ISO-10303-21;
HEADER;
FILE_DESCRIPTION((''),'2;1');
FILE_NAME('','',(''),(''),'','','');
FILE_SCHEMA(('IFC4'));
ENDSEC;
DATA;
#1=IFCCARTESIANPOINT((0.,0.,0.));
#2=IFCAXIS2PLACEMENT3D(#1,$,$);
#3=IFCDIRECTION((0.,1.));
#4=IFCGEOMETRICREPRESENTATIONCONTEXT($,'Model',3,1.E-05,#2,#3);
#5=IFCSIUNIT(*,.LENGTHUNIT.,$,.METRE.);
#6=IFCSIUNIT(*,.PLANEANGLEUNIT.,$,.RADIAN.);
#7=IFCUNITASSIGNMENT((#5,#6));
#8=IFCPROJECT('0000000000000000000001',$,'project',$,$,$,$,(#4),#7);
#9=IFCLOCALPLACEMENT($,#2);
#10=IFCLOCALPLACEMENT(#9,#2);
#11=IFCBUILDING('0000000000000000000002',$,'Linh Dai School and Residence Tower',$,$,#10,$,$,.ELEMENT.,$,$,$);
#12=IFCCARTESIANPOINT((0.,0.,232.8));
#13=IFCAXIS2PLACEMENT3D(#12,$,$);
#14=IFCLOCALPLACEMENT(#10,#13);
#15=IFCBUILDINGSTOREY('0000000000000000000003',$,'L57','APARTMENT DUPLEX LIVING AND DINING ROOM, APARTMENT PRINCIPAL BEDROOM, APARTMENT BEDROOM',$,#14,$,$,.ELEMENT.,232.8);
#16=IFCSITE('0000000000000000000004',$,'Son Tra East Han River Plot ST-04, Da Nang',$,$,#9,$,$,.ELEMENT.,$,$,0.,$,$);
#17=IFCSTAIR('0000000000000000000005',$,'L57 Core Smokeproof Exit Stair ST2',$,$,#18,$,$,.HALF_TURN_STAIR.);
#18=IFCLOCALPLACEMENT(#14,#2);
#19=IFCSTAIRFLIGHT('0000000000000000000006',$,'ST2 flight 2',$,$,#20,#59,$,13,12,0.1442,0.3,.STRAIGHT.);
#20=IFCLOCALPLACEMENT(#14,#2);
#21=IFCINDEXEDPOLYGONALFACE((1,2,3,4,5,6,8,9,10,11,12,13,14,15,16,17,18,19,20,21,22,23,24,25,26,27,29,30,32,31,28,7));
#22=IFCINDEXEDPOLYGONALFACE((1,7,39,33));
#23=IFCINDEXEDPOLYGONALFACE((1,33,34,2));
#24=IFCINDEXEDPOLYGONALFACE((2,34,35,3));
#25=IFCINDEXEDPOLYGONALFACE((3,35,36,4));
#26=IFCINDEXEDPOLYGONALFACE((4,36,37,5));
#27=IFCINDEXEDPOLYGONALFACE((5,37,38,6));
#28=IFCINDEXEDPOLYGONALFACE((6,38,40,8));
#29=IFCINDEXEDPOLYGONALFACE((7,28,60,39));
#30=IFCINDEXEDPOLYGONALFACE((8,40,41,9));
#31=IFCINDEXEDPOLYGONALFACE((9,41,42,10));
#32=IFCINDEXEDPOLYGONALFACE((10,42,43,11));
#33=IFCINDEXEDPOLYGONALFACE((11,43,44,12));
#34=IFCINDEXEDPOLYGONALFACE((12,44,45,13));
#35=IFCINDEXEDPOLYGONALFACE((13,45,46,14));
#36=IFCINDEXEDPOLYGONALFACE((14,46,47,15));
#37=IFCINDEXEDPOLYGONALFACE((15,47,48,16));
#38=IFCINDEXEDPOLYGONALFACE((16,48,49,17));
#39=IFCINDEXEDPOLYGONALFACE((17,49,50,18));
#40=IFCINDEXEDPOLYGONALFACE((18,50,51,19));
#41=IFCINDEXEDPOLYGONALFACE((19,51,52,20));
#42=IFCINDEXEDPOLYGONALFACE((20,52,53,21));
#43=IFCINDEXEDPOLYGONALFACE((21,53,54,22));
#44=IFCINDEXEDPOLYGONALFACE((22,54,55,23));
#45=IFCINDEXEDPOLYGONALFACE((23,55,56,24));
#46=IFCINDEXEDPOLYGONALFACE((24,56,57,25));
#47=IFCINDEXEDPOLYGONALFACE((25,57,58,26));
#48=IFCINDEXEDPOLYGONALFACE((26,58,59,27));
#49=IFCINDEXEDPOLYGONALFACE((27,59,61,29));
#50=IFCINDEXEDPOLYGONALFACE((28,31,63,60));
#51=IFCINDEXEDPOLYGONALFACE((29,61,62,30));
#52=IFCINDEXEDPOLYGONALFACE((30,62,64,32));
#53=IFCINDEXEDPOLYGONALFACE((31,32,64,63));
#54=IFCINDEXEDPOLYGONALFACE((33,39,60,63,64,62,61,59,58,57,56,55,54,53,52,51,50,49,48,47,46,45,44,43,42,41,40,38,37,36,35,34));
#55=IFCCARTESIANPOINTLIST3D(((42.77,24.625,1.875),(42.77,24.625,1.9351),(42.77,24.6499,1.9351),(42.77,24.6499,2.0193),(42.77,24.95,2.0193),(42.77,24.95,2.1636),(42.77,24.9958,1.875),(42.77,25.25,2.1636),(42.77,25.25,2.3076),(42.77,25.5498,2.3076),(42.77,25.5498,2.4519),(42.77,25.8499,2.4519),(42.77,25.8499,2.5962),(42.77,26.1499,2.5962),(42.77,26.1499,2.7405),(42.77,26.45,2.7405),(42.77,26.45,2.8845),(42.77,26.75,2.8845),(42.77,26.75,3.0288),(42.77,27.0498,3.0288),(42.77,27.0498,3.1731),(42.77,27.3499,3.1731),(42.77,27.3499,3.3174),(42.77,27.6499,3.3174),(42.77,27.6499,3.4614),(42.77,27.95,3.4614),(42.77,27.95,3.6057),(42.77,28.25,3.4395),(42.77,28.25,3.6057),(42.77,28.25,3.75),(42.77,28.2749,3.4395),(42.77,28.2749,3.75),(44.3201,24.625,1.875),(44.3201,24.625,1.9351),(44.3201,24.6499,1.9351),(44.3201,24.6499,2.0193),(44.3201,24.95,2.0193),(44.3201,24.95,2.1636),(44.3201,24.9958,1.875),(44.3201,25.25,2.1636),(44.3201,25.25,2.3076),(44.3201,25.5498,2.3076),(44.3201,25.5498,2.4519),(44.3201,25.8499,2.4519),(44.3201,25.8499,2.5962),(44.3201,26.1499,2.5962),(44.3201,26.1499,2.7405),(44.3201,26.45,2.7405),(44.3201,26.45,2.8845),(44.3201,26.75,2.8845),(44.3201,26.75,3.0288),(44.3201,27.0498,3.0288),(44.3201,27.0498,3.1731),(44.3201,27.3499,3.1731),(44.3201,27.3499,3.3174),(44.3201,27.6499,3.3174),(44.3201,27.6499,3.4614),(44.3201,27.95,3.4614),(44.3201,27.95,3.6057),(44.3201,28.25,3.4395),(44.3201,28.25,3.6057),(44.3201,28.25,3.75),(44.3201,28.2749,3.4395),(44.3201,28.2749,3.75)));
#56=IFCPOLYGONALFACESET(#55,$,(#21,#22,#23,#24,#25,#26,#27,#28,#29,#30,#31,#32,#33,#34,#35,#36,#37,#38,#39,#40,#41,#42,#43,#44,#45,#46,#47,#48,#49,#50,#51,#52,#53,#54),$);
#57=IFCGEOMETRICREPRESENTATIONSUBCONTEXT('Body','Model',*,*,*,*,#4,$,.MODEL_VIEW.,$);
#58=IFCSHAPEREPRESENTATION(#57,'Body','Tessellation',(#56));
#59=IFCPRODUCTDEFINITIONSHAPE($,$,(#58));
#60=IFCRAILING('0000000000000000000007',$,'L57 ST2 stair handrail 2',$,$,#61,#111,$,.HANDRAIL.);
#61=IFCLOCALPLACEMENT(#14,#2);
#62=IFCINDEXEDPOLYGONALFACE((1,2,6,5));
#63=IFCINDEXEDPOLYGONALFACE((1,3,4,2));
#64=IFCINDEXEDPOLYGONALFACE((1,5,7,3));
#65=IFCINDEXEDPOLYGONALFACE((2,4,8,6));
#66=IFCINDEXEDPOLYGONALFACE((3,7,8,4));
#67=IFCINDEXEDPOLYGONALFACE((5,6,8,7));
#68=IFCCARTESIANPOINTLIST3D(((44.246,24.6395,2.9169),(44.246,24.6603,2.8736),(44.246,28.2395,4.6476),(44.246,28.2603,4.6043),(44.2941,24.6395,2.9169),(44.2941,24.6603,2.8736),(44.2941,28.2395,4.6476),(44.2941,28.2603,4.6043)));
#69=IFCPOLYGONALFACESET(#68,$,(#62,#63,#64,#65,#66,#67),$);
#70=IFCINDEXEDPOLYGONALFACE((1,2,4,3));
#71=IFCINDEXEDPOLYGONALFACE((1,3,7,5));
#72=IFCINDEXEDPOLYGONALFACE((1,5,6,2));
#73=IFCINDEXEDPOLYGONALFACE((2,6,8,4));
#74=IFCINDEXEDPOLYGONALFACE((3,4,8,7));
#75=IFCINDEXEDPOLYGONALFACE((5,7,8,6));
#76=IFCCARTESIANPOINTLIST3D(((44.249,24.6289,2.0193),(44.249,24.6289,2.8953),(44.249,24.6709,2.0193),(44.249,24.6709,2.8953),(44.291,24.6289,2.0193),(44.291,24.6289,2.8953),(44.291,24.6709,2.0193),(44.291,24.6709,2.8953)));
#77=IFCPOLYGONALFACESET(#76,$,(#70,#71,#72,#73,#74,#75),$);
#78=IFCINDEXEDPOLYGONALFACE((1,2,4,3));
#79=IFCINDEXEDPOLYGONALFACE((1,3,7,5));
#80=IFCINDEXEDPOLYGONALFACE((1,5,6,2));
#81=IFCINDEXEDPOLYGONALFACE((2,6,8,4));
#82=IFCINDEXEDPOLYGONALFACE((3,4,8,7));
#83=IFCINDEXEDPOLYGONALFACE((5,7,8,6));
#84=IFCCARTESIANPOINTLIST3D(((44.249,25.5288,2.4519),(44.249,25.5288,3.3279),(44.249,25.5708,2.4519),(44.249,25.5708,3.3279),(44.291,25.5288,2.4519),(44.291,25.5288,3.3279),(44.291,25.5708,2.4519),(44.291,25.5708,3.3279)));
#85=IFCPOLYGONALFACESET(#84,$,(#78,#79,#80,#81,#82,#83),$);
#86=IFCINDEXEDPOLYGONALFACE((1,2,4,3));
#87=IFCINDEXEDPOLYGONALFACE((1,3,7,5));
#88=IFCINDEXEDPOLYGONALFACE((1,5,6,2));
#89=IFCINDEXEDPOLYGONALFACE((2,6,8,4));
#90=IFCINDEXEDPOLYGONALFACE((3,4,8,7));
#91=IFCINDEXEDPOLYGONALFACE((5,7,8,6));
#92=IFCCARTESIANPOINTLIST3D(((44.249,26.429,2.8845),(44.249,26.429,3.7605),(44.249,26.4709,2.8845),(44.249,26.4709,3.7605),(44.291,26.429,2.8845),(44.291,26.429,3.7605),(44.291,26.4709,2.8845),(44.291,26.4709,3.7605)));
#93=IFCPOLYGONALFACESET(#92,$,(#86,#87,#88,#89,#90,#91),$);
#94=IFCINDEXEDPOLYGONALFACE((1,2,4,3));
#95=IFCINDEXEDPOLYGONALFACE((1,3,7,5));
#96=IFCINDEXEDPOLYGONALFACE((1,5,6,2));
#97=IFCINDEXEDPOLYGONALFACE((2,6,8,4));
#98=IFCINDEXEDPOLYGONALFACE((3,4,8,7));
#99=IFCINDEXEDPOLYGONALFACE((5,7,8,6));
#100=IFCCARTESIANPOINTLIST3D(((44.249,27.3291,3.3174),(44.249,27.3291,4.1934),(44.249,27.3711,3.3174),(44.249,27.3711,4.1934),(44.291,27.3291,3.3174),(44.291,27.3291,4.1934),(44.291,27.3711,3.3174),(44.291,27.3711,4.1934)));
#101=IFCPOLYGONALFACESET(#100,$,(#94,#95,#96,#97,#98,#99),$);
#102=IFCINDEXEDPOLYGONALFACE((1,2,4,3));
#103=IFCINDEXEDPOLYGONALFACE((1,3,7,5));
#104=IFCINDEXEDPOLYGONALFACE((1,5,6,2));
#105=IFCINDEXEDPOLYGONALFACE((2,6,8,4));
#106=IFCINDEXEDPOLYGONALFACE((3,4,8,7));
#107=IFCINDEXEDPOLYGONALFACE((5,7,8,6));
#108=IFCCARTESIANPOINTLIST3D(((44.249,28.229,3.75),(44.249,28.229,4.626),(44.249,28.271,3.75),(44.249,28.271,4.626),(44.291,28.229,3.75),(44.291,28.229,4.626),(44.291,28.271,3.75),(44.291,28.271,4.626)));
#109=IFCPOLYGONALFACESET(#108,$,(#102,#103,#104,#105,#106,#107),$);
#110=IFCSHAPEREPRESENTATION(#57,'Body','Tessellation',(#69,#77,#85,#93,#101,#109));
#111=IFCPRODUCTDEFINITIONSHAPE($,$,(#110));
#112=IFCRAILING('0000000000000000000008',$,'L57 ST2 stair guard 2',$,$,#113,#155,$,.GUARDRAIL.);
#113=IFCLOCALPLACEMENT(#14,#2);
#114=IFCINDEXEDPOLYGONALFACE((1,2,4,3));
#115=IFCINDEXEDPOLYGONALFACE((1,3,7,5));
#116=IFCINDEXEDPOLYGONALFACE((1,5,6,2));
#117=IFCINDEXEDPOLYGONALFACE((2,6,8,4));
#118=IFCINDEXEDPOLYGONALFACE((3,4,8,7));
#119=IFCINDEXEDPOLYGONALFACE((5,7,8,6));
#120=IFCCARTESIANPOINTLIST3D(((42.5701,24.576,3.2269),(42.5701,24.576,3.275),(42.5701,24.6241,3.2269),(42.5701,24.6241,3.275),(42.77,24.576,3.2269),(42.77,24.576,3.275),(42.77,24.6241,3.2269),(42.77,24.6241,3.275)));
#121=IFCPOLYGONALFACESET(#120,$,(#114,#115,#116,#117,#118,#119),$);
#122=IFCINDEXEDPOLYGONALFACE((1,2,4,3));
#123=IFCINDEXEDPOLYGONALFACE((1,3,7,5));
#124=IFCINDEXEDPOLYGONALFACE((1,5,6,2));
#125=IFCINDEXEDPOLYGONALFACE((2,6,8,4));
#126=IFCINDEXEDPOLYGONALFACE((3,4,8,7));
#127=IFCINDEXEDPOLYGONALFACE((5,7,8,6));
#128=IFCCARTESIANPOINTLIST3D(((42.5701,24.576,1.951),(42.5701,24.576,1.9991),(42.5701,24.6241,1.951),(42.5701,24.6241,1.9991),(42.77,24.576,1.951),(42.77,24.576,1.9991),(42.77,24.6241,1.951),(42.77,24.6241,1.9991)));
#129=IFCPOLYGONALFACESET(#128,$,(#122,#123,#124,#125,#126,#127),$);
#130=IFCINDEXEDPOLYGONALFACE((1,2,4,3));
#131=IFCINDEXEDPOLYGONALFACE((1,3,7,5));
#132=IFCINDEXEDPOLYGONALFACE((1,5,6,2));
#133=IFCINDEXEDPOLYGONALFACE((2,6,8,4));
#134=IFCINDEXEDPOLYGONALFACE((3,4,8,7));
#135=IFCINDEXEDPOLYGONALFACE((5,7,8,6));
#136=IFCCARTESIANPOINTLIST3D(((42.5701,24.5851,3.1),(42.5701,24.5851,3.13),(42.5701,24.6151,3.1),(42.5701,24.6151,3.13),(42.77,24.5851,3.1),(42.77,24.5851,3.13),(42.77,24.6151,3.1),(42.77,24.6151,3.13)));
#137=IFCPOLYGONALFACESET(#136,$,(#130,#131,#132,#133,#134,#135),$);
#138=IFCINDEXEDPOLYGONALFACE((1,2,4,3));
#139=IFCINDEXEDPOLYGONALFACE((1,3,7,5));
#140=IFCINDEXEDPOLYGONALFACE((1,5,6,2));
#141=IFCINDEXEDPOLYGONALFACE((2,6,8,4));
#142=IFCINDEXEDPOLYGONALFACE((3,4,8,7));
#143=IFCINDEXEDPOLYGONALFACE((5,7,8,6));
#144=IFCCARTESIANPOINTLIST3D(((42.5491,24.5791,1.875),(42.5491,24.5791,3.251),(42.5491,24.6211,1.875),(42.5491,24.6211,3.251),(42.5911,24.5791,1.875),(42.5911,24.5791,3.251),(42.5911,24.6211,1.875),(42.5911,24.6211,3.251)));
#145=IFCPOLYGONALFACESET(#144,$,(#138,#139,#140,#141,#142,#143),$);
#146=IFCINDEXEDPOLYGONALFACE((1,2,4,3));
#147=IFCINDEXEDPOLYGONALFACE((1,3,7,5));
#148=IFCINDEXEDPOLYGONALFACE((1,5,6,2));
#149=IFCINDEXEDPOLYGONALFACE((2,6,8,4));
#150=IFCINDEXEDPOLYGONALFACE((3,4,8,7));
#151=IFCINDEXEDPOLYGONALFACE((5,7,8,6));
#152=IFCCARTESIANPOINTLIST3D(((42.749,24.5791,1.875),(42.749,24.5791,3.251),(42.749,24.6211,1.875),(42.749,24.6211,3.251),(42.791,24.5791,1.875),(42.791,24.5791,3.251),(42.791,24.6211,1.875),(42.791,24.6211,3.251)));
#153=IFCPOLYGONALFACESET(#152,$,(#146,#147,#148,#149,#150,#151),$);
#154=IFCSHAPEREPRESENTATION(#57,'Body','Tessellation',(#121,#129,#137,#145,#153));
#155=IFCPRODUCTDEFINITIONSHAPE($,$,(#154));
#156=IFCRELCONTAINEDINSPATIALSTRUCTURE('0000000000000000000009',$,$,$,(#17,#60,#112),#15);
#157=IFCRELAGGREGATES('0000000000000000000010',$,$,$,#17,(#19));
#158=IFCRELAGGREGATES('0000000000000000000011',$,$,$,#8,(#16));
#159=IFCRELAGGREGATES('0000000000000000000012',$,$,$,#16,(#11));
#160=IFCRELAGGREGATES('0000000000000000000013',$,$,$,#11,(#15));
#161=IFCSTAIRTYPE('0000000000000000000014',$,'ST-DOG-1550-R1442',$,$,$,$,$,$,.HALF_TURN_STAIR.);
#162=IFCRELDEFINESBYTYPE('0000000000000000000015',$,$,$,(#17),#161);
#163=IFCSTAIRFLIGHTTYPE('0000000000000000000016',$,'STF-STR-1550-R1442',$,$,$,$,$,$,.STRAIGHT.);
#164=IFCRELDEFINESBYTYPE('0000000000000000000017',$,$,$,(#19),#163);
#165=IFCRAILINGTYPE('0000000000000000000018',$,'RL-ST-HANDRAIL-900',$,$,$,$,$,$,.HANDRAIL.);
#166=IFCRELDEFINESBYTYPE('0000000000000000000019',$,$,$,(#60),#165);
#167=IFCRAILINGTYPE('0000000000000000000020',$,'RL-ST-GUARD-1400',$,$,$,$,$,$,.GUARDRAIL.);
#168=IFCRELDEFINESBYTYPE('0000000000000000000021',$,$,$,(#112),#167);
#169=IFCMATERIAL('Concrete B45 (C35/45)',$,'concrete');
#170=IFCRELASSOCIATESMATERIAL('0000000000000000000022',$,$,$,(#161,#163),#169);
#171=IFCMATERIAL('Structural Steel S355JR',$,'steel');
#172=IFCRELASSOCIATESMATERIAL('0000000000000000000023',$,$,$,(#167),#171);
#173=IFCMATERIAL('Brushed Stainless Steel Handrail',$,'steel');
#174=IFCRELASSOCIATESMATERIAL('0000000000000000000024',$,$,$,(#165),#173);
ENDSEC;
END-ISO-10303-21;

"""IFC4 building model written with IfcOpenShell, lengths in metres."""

from ifc_helpers import new_model, si_unit, direction, frame, origin, origin_2d, place, context, subcontext, project, spatial, polyline, rectangle, outline, extrude, source, transform, mapped, material, type_object, element, aggregate, save


model = new_model("IFC4")

# Units and contexts
model_context = context("Model", 3, precision=1e-05, world=origin(), true_north=direction((0.0, 1.0)))
body_context = subcontext(model_context, "Body", "Model", "MODEL_VIEW")
ifc_project = project(units=[si_unit("LENGTHUNIT", "METRE"), si_unit("PLANEANGLEUNIT", "RADIAN")], contexts=[model_context])

# Site, building, storey
site_placement = place(None, origin())
site = spatial("IfcSite", under=ifc_project, at=site_placement, Name="Son Tra East Han River Plot ST-04, Da Nang", CompositionType="ELEMENT", RefElevation=0.0)
building_placement = place(site_placement, origin())
building = spatial("IfcBuilding", under=site, at=building_placement, Name="Linh Dai School and Residence Tower", CompositionType="ELEMENT")
storey_placement = place(building_placement, frame((0.0, 0.0, 232.8)))
storey = spatial("IfcBuildingStorey", under=building, at=storey_placement, Name="L57", Description="APARTMENT DUPLEX LIVING AND DINING ROOM, APARTMENT PRINCIPAL BEDROOM, APARTMENT BEDROOM", CompositionType="ELEMENT", Elevation=232.8)

# Shared definitions
ifc_material_1 = material(Name="Structural Steel S355JR", Category="steel")

# Shared definitions
ifc_material_2 = material(Name="Concrete B45 (C35/45)", Category="concrete")

# Stair, stair flight
stair_type = type_object("IfcStairType", Name="ST-DOG-1550-R1442", PredefinedType="HALF_TURN_STAIR", material=ifc_material_2)
stair_placement = place(storey_placement, origin())
stair = element("IfcStair", 1, at=stair_placement, inside=storey, type_object=stair_type, Name="L57 Core Smokeproof Exit Stair ST2", PredefinedType="HALF_TURN_STAIR")
stair_flight_type = type_object("IfcStairFlightType", Name="STF-STR-1550-R1442", PredefinedType="STRAIGHT", material=ifc_material_2)
shared_shape_1 = source(origin(), body_context, "Body", "SweptSolid", [
    extrude(outline(polyline([(-0.0249, 0.0), (-0.0249, 0.0601), (0.0, 0.0601), (0.0, 0.1443), (0.3, 0.1443), (0.3, 0.2886), (0.6001, 0.2886), (0.6001, 0.4326), (0.8999, 0.4326), (0.8999, 0.5769), (1.2, 0.5769), (1.2, 0.7212), (1.5, 0.7212), (1.5, 0.8655), (1.8, 0.8655), (1.8, 1.0095), (2.1001, 1.0095), (2.1001, 1.1538), (2.3999, 1.1538), (2.3999, 1.2981), (2.7, 1.2981), (2.7, 1.4424), (3.0, 1.4424), (3.0, 1.5864), (3.3, 1.5864), (3.3, 1.7307), (3.6001, 1.7307), (3.6001, 1.875), (3.625, 1.875), (3.625, 1.5645), (3.6001, 1.5645), (0.3459, 0.0), (-0.0249, 0.0)])), frame((0.0, 0.7749, 0.0), z_axis=(0.0, -1.0, 0.0), x_axis=(1.0, 0.0, 0.0)), (0.0, 0.0, 1.0), 1.55),
])
stair_flight_placement = place(storey_placement, frame((43.5449, 24.6499, 1.875), z_axis=(0.0, 0.0, 1.0), x_axis=(0.0, 1.0, 0.0)))
stair_flight = element("IfcStairFlight", 2, at=stair_flight_placement, type_object=stair_flight_type, Name="ST2 flight 2", NumberOfRisers=13, NumberOfTreads=12, PredefinedType="STRAIGHT", RiserHeight=0.1442, TreadLength=0.3, context=body_context, shape_type="MappedRepresentation", body=[
    mapped(shared_shape_1, transform((0.0, 0.0, 0.0), x_axis=(1.0, 0.0, 0.0), y_axis=(0.0, 1.0, 0.0), z_axis=(0.0, 0.0, 1.0), scale=1.0)),
])
aggregate(stair, [stair_flight])

# Railings
railing_type_1 = type_object("IfcRailingType", Name="RL-ST-GUARD-1400", PredefinedType="GUARDRAIL", material=ifc_material_1)
ifc_material_3 = material(Name="Brushed Stainless Steel Handrail", Category="steel")
railing_type_2 = type_object("IfcRailingType", Name="RL-ST-HANDRAIL-900", PredefinedType="HANDRAIL", material=ifc_material_3)
shared_shape_2 = source(origin(), body_context, "Body", "SweptSolid", [
    extrude(rectangle(XDim=0.0481, YDim=0.0481, at=origin_2d()), frame((0.0, 0.0, 0.876), z_axis=(0.0, 0.901263, 0.433273), x_axis=(-1.0, 0.0, 0.0)), (0.0, 0.0, 1.0), 3.9944),
    extrude(rectangle(XDim=0.042, YDim=0.042, at=origin_2d()), origin(), (0.0, 0.0, 1.0), 0.876),
    extrude(rectangle(XDim=0.042, YDim=0.042, at=origin_2d()), frame((0.0, 0.8999, 0.4326)), (0.0, 0.0, 1.0), 0.876),
    extrude(rectangle(XDim=0.042, YDim=0.042, at=origin_2d()), frame((0.0, 1.8, 0.8652)), (0.0, 0.0, 1.0), 0.876),
    extrude(rectangle(XDim=0.042, YDim=0.042, at=origin_2d()), frame((0.0, 2.7002, 1.2981)), (0.0, 0.0, 1.0), 0.876),
    extrude(rectangle(XDim=0.042, YDim=0.042, at=origin_2d()), frame((0.0, 3.6001, 1.7307)), (0.0, 0.0, 1.0), 0.876),
])
railing_1_placement = place(storey_placement, frame((44.27, 24.6499, 2.0193)))
element("IfcRailing", 3, at=railing_1_placement, inside=storey, type_object=railing_type_2, Name="L57 ST2 stair handrail 2", PredefinedType="HANDRAIL", context=body_context, shape_type="MappedRepresentation", body=[
    mapped(shared_shape_2, transform((0.0, 0.0, 0.0), x_axis=(1.0, 0.0, 0.0), y_axis=(0.0, 1.0, 0.0), z_axis=(0.0, 0.0, 1.0), scale=1.0)),
])
shared_shape_3 = source(origin(), body_context, "Body", "SweptSolid", [
    extrude(rectangle(XDim=0.0481, YDim=0.0481, at=origin_2d()), frame((0.0, 0.0, 1.376), z_axis=(1.0, 0.0, 0.0), x_axis=(0.0, 1.0, 0.0)), (0.0, 0.0, 1.0), 0.2),
    extrude(rectangle(XDim=0.0481, YDim=0.0481, at=origin_2d()), frame((0.0, 0.0, 0.1001), z_axis=(1.0, 0.0, 0.0), x_axis=(0.0, 1.0, 0.0)), (0.0, 0.0, 1.0), 0.2),
    extrude(rectangle(XDim=0.03, YDim=0.03, at=origin_2d()), frame((0.0, 0.0, 1.24), z_axis=(1.0, 0.0, 0.0), x_axis=(0.0, 1.0, 0.0)), (0.0, 0.0, 1.0), 0.2),
    extrude(rectangle(XDim=0.042, YDim=0.042, at=origin_2d()), origin(), (0.0, 0.0, 1.0), 1.376),
    extrude(rectangle(XDim=0.042, YDim=0.042, at=origin_2d()), frame((0.2, 0.0, 0.0)), (0.0, 0.0, 1.0), 1.376),
])
railing_2_placement = place(storey_placement, frame((42.5701, 24.6001, 1.875)))
element("IfcRailing", 4, at=railing_2_placement, inside=storey, type_object=railing_type_1, Name="L57 ST2 stair guard 2", PredefinedType="GUARDRAIL", context=body_context, shape_type="MappedRepresentation", body=[
    mapped(shared_shape_3, transform((0.0, 0.0, 0.0), x_axis=(1.0, 0.0, 0.0), y_axis=(0.0, 1.0, 0.0), z_axis=(0.0, 0.0, 1.0), scale=1.0)),
])

save(model, "model.ifc")
